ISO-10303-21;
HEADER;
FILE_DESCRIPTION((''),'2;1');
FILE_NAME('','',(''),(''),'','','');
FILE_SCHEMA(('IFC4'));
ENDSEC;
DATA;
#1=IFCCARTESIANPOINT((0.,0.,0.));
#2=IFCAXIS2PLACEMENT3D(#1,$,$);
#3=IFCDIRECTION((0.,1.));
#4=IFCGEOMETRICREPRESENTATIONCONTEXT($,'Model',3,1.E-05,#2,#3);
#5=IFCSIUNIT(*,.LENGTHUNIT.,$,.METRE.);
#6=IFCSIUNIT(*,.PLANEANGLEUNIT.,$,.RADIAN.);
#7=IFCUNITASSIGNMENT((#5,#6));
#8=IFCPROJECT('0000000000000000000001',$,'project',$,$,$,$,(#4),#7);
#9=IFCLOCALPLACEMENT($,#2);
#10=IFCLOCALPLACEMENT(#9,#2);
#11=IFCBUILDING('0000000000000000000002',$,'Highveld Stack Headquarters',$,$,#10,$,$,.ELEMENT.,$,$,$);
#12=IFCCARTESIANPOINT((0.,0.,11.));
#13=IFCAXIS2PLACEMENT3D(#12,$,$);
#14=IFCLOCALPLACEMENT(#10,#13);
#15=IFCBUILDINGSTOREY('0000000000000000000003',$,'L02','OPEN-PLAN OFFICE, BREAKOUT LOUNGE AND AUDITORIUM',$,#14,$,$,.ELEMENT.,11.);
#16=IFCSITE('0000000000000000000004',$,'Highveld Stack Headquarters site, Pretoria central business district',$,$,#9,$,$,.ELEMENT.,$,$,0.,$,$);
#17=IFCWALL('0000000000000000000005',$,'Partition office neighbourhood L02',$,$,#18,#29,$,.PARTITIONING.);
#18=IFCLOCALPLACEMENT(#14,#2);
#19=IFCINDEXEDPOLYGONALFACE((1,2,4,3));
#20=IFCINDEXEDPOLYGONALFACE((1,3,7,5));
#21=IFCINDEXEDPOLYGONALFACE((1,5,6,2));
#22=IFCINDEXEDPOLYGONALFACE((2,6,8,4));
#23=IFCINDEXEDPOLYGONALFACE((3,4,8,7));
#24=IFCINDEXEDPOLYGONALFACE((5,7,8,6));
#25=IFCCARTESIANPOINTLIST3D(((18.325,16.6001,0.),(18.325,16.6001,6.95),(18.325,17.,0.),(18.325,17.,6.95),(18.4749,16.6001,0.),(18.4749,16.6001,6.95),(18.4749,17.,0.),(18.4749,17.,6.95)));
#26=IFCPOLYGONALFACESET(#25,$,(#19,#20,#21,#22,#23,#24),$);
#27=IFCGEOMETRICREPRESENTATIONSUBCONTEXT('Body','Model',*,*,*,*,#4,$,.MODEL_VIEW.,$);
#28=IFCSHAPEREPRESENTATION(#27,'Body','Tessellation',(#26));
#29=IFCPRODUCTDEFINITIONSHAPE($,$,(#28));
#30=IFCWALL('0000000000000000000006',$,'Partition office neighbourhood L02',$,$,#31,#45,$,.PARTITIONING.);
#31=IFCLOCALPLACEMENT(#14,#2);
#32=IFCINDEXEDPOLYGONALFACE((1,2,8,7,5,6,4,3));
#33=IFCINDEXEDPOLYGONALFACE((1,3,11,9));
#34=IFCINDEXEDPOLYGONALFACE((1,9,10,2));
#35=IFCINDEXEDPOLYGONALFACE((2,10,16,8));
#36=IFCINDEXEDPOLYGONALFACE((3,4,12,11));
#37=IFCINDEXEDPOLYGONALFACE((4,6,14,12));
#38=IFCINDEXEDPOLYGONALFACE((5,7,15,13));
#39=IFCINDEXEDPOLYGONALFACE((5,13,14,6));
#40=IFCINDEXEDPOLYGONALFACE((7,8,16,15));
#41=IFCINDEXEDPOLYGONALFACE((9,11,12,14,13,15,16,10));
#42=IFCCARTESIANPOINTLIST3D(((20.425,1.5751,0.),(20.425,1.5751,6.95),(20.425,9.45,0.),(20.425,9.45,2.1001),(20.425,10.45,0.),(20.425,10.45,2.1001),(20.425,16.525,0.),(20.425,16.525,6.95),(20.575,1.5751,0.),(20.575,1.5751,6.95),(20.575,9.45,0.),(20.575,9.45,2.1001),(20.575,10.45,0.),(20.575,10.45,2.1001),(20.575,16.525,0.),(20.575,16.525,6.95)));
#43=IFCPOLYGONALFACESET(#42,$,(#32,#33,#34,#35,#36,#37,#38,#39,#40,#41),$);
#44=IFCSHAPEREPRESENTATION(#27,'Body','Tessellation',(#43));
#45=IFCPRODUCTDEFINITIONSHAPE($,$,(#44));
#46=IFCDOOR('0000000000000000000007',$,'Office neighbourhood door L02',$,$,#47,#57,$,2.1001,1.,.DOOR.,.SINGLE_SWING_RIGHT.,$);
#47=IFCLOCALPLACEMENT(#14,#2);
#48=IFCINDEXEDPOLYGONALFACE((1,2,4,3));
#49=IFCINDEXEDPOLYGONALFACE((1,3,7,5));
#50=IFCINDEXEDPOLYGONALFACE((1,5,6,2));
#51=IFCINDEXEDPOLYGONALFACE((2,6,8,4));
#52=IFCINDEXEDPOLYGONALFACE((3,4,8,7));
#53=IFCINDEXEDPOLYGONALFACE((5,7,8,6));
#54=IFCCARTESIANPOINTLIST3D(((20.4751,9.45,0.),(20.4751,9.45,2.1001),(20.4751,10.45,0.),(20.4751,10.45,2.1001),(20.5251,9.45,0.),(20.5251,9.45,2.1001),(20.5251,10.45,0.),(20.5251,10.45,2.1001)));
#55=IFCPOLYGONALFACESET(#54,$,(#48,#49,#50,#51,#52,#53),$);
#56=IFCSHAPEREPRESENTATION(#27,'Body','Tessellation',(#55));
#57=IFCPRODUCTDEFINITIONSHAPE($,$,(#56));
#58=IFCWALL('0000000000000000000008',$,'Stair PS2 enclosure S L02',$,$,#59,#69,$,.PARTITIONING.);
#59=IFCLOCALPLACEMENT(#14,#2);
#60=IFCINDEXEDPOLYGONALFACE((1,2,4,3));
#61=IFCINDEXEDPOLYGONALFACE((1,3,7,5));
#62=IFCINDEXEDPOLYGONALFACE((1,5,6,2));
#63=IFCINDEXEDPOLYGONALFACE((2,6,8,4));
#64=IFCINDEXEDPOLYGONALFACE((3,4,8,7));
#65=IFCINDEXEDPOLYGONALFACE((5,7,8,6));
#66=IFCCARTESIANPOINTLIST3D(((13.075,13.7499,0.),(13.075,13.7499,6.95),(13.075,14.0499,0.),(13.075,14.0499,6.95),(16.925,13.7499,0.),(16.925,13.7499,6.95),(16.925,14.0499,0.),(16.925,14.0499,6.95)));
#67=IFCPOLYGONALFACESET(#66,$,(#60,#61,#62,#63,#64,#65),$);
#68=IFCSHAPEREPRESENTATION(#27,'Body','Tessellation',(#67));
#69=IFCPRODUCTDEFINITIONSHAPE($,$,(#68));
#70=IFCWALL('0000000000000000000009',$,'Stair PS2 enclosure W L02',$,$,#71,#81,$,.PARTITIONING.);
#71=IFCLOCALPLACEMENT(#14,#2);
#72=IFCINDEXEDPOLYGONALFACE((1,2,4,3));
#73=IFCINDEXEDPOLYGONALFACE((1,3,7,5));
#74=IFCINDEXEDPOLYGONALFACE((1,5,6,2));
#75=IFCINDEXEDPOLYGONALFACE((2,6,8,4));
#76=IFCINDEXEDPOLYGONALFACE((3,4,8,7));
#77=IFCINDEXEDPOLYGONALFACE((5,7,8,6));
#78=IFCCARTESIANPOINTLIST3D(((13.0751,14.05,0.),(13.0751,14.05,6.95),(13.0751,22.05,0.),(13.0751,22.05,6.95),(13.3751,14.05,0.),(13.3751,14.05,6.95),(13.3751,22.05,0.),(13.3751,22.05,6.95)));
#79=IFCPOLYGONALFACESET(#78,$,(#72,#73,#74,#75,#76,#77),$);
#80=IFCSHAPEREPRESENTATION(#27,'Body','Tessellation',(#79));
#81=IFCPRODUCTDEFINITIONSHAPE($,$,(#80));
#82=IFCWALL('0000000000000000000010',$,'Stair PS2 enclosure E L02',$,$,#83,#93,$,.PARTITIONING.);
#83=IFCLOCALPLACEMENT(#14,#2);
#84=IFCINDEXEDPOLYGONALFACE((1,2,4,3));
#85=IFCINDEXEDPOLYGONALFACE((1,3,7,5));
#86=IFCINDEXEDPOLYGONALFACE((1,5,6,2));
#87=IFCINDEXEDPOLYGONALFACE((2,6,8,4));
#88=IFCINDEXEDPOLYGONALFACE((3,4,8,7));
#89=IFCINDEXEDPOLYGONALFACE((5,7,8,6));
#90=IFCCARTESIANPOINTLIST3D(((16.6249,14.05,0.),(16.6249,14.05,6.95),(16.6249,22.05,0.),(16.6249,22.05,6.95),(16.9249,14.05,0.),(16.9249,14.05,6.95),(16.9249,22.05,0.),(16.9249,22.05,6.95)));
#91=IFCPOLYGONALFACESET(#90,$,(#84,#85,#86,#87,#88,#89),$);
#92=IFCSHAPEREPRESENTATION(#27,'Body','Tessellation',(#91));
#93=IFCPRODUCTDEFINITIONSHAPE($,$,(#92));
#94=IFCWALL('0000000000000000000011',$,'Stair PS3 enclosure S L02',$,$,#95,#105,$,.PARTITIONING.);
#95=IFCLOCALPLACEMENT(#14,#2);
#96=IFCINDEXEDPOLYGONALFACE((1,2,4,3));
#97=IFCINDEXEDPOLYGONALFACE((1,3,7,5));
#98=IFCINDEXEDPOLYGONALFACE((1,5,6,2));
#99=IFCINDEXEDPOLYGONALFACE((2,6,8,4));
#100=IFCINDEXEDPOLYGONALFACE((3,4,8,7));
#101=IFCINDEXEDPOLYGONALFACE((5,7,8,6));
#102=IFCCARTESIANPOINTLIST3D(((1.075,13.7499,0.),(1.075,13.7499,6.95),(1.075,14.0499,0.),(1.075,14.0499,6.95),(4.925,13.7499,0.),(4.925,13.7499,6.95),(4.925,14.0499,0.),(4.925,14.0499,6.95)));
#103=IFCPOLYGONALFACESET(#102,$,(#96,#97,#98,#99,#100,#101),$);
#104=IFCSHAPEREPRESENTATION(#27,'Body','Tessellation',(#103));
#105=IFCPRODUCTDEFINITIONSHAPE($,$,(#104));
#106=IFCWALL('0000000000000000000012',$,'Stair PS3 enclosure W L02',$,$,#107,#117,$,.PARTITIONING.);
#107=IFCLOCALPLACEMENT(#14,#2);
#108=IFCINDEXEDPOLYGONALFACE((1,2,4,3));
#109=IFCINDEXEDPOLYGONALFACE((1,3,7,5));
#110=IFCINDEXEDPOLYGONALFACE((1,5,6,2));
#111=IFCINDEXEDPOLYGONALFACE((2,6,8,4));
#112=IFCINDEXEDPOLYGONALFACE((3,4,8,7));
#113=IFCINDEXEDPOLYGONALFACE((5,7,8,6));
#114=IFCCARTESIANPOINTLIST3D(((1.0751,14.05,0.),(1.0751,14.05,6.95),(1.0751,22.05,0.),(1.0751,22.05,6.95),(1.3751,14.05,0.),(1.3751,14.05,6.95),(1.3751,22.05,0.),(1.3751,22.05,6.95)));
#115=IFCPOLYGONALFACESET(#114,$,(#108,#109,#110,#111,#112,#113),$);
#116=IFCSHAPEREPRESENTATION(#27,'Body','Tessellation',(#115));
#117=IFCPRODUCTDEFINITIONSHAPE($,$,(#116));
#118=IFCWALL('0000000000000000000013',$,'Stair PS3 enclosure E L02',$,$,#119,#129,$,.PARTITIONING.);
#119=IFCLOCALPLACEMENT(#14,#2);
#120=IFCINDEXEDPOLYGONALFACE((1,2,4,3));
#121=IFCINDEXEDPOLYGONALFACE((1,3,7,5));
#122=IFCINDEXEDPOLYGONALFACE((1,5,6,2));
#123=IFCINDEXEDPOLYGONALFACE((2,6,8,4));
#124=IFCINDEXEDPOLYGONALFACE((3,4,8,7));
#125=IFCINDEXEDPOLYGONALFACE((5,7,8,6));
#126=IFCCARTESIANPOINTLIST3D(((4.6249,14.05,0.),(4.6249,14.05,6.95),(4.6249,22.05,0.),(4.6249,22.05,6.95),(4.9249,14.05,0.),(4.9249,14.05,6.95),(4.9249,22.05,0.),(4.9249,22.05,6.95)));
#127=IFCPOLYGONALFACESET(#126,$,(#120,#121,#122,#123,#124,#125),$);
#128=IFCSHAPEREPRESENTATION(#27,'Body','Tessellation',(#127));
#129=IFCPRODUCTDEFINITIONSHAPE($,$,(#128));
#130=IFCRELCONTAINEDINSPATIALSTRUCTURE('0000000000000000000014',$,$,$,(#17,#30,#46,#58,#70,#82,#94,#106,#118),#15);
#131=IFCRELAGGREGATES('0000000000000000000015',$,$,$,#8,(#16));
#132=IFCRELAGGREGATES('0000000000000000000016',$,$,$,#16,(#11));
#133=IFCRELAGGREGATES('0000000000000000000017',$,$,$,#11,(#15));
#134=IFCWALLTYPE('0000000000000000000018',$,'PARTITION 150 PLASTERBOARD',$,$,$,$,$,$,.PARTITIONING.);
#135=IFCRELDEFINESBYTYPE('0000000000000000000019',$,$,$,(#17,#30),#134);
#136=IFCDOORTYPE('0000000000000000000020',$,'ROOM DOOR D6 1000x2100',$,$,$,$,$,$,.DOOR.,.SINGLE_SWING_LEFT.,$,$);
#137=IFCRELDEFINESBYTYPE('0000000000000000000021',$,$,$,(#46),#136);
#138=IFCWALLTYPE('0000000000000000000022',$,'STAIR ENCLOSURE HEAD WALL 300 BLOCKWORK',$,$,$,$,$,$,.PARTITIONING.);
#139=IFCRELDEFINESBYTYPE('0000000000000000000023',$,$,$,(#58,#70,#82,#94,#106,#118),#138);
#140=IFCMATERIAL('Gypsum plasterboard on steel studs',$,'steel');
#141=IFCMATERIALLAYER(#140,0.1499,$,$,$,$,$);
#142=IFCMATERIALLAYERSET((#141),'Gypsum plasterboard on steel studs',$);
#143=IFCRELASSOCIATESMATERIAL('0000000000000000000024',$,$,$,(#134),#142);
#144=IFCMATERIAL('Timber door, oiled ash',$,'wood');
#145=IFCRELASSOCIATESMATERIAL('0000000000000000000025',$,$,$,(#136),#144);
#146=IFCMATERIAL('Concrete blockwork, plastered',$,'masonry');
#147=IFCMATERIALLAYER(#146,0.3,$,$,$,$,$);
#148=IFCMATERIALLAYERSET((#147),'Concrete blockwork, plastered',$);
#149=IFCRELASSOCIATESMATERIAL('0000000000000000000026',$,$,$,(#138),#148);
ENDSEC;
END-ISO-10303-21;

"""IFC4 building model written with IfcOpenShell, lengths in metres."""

from ifc_helpers import new_model, si_unit, direction, frame, frame_2d, origin, place, context, subcontext, project, spatial, rectangle, extrude, material, layer, layer_set, type_object, element, fill, save


model = new_model("IFC4")

# Units and contexts
model_context = context("Model", 3, precision=1e-05, world=origin(), true_north=direction((0.0, 1.0)))
body_context = subcontext(model_context, "Body", "Model", "MODEL_VIEW")
ifc_project = project(units=[si_unit("LENGTHUNIT", "METRE"), si_unit("PLANEANGLEUNIT", "RADIAN")], contexts=[model_context])

# Site, building, storey
site_placement = place(None, origin())
site = spatial("IfcSite", under=ifc_project, at=site_placement, Name="Highveld Stack Headquarters site, Pretoria central business district", CompositionType="ELEMENT", RefElevation=0.0)
building_placement = place(site_placement, origin())
building = spatial("IfcBuilding", under=site, at=building_placement, Name="Highveld Stack Headquarters", CompositionType="ELEMENT")
storey_placement = place(building_placement, frame((0.0, 0.0, 11.0)))
storey = spatial("IfcBuildingStorey", under=building, at=storey_placement, Name="L02", Description="OPEN-PLAN OFFICE, BREAKOUT LOUNGE AND AUDITORIUM", CompositionType="ELEMENT", Elevation=11.0)

# Shared definitions
ifc_material_1 = material(Name="Gypsum plasterboard on steel studs", Category="steel")
ifc_layer_1 = layer(ifc_material_1, 0.1499)
ifc_layer_set_1 = layer_set([ifc_layer_1], Name="Gypsum plasterboard on steel studs")
wall_type_1 = type_object("IfcWallType", Name="PARTITION 150 PLASTERBOARD", PredefinedType="PARTITIONING", material=ifc_layer_set_1)

# Wall
wall_1_placement = place(storey_placement, frame((18.3999, 16.6001, 0.0), z_axis=(0.0, 0.0, 1.0), x_axis=(0.0, 1.0, 0.0)))
element("IfcWall", 1, at=wall_1_placement, inside=storey, type_object=wall_type_1, Name="Partition office neighbourhood L02", PredefinedType="PARTITIONING", context=body_context, shape_type="SweptSolid", body=[
    extrude(rectangle(XDim=0.3999, YDim=0.1499, at=frame_2d((0.2, 0.0))), origin(), (0.0, 0.0, 1.0), 6.95),
])

# Wall, opening, door
wall_2_placement = place(storey_placement, frame((20.5, 1.575, 0.0), z_axis=(0.0, 0.0, 1.0), x_axis=(0.0, 1.0, 0.0)))
wall_2 = element("IfcWall", 2, at=wall_2_placement, inside=storey, type_object=wall_type_1, Name="Partition office neighbourhood L02", PredefinedType="PARTITIONING", context=body_context, shape_type="SweptSolid", body=[
    extrude(rectangle(XDim=14.95, YDim=0.1499, at=frame_2d((7.4751, 0.0))), origin(), (0.0, 0.0, 1.0), 6.95),
])
opening_1_placement = place(wall_2_placement, frame((7.875, 0.0, 0.0)))
opening_1 = element("IfcOpeningElement", 3, at=opening_1_placement, cuts=wall_2, PredefinedType="OPENING", context=body_context, shape_type="SweptSolid", body=[
    extrude(rectangle(XDim=1.0, YDim=2.1001, at=frame_2d((0.5, 1.05))), frame((0.0, 0.085, 0.0), z_axis=(0.0, -1.0, 0.0), x_axis=(1.0, 0.0, 0.0)), (0.0, 0.0, 1.0), 0.1699),
])
ifc_material_2 = material(Name="Timber door, oiled ash", Category="wood")
door_type_1 = type_object("IfcDoorType", Name="ROOM DOOR D6 1000x2100", OperationType="SINGLE_SWING_LEFT", PredefinedType="DOOR", material=ifc_material_2)
door_1_placement = place(opening_1_placement, origin())
door_1 = element("IfcDoor", 4, at=door_1_placement, inside=storey, type_object=door_type_1, Name="Office neighbourhood door L02", OperationType="SINGLE_SWING_RIGHT", OverallHeight=2.1001, OverallWidth=1.0, PredefinedType="DOOR", context=body_context, shape_type="SweptSolid", body=[
    extrude(rectangle(XDim=1.0, YDim=2.1001, at=frame_2d((0.5, 1.05))), frame((0.0, 0.0249, 0.0), z_axis=(0.0, -1.0, 0.0), x_axis=(1.0, 0.0, 0.0)), (0.0, 0.0, 1.0), 0.05),
])
fill(opening_1, door_1)

# Walls
ifc_material_3 = material(Name="Concrete blockwork, plastered", Category="masonry")
ifc_layer_2 = layer(ifc_material_3, 0.3)
ifc_layer_set_2 = layer_set([ifc_layer_2], Name="Concrete blockwork, plastered")
wall_type_2 = type_object("IfcWallType", Name="STAIR ENCLOSURE HEAD WALL 300 BLOCKWORK", PredefinedType="PARTITIONING", material=ifc_layer_set_2)
wall_3_placement = place(storey_placement, frame((13.075, 13.8999, 0.0), z_axis=(0.0, 0.0, 1.0), x_axis=(1.0, 0.0, 0.0)))
element("IfcWall", 5, at=wall_3_placement, inside=storey, type_object=wall_type_2, Name="Stair PS2 enclosure S L02", PredefinedType="PARTITIONING", context=body_context, shape_type="SweptSolid", body=[
    extrude(rectangle(XDim=3.8501, YDim=0.3, at=frame_2d((1.925, 0.0))), origin(), (0.0, 0.0, 1.0), 6.95),
])
for number, where, z_axis, x_axis, name in (
    (6, (13.2251, 14.05, 0.0), (0.0, 0.0, 1.0), (0.0, 1.0, 0.0), "Stair PS2 enclosure W L02"),
    (7, (16.7749, 14.05, 0.0), (0.0, 0.0, 1.0), (0.0, 1.0, 0.0), "Stair PS2 enclosure E L02"),
):
    element("IfcWall", number, at=place(storey_placement, frame(where, z_axis=z_axis, x_axis=x_axis)), inside=storey, type_object=wall_type_2, Name=name, PredefinedType="PARTITIONING", context=body_context, shape_type="SweptSolid", body=[
        extrude(rectangle(XDim=8.0, YDim=0.3, at=frame_2d((4.0, 0.0))), origin(), (0.0, 0.0, 1.0), 6.95),
    ])
wall_4_placement = place(storey_placement, frame((1.075, 13.8999, 0.0), z_axis=(0.0, 0.0, 1.0), x_axis=(1.0, 0.0, 0.0)))
element("IfcWall", 8, at=wall_4_placement, inside=storey, type_object=wall_type_2, Name="Stair PS3 enclosure S L02", PredefinedType="PARTITIONING", context=body_context, shape_type="SweptSolid", body=[
    extrude(rectangle(XDim=3.8501, YDim=0.3, at=frame_2d((1.925, 0.0))), origin(), (0.0, 0.0, 1.0), 6.95),
])
for number, where, z_axis, x_axis, name in (
    (9, (1.2251, 14.05, 0.0), (0.0, 0.0, 1.0), (0.0, 1.0, 0.0), "Stair PS3 enclosure W L02"),
    (10, (4.7749, 14.05, 0.0), (0.0, 0.0, 1.0), (0.0, 1.0, 0.0), "Stair PS3 enclosure E L02"),
):
    element("IfcWall", number, at=place(storey_placement, frame(where, z_axis=z_axis, x_axis=x_axis)), inside=storey, type_object=wall_type_2, Name=name, PredefinedType="PARTITIONING", context=body_context, shape_type="SweptSolid", body=[
        extrude(rectangle(XDim=8.0, YDim=0.3, at=frame_2d((4.0, 0.0))), origin(), (0.0, 0.0, 1.0), 6.95),
    ])

save(model, "model.ifc")
